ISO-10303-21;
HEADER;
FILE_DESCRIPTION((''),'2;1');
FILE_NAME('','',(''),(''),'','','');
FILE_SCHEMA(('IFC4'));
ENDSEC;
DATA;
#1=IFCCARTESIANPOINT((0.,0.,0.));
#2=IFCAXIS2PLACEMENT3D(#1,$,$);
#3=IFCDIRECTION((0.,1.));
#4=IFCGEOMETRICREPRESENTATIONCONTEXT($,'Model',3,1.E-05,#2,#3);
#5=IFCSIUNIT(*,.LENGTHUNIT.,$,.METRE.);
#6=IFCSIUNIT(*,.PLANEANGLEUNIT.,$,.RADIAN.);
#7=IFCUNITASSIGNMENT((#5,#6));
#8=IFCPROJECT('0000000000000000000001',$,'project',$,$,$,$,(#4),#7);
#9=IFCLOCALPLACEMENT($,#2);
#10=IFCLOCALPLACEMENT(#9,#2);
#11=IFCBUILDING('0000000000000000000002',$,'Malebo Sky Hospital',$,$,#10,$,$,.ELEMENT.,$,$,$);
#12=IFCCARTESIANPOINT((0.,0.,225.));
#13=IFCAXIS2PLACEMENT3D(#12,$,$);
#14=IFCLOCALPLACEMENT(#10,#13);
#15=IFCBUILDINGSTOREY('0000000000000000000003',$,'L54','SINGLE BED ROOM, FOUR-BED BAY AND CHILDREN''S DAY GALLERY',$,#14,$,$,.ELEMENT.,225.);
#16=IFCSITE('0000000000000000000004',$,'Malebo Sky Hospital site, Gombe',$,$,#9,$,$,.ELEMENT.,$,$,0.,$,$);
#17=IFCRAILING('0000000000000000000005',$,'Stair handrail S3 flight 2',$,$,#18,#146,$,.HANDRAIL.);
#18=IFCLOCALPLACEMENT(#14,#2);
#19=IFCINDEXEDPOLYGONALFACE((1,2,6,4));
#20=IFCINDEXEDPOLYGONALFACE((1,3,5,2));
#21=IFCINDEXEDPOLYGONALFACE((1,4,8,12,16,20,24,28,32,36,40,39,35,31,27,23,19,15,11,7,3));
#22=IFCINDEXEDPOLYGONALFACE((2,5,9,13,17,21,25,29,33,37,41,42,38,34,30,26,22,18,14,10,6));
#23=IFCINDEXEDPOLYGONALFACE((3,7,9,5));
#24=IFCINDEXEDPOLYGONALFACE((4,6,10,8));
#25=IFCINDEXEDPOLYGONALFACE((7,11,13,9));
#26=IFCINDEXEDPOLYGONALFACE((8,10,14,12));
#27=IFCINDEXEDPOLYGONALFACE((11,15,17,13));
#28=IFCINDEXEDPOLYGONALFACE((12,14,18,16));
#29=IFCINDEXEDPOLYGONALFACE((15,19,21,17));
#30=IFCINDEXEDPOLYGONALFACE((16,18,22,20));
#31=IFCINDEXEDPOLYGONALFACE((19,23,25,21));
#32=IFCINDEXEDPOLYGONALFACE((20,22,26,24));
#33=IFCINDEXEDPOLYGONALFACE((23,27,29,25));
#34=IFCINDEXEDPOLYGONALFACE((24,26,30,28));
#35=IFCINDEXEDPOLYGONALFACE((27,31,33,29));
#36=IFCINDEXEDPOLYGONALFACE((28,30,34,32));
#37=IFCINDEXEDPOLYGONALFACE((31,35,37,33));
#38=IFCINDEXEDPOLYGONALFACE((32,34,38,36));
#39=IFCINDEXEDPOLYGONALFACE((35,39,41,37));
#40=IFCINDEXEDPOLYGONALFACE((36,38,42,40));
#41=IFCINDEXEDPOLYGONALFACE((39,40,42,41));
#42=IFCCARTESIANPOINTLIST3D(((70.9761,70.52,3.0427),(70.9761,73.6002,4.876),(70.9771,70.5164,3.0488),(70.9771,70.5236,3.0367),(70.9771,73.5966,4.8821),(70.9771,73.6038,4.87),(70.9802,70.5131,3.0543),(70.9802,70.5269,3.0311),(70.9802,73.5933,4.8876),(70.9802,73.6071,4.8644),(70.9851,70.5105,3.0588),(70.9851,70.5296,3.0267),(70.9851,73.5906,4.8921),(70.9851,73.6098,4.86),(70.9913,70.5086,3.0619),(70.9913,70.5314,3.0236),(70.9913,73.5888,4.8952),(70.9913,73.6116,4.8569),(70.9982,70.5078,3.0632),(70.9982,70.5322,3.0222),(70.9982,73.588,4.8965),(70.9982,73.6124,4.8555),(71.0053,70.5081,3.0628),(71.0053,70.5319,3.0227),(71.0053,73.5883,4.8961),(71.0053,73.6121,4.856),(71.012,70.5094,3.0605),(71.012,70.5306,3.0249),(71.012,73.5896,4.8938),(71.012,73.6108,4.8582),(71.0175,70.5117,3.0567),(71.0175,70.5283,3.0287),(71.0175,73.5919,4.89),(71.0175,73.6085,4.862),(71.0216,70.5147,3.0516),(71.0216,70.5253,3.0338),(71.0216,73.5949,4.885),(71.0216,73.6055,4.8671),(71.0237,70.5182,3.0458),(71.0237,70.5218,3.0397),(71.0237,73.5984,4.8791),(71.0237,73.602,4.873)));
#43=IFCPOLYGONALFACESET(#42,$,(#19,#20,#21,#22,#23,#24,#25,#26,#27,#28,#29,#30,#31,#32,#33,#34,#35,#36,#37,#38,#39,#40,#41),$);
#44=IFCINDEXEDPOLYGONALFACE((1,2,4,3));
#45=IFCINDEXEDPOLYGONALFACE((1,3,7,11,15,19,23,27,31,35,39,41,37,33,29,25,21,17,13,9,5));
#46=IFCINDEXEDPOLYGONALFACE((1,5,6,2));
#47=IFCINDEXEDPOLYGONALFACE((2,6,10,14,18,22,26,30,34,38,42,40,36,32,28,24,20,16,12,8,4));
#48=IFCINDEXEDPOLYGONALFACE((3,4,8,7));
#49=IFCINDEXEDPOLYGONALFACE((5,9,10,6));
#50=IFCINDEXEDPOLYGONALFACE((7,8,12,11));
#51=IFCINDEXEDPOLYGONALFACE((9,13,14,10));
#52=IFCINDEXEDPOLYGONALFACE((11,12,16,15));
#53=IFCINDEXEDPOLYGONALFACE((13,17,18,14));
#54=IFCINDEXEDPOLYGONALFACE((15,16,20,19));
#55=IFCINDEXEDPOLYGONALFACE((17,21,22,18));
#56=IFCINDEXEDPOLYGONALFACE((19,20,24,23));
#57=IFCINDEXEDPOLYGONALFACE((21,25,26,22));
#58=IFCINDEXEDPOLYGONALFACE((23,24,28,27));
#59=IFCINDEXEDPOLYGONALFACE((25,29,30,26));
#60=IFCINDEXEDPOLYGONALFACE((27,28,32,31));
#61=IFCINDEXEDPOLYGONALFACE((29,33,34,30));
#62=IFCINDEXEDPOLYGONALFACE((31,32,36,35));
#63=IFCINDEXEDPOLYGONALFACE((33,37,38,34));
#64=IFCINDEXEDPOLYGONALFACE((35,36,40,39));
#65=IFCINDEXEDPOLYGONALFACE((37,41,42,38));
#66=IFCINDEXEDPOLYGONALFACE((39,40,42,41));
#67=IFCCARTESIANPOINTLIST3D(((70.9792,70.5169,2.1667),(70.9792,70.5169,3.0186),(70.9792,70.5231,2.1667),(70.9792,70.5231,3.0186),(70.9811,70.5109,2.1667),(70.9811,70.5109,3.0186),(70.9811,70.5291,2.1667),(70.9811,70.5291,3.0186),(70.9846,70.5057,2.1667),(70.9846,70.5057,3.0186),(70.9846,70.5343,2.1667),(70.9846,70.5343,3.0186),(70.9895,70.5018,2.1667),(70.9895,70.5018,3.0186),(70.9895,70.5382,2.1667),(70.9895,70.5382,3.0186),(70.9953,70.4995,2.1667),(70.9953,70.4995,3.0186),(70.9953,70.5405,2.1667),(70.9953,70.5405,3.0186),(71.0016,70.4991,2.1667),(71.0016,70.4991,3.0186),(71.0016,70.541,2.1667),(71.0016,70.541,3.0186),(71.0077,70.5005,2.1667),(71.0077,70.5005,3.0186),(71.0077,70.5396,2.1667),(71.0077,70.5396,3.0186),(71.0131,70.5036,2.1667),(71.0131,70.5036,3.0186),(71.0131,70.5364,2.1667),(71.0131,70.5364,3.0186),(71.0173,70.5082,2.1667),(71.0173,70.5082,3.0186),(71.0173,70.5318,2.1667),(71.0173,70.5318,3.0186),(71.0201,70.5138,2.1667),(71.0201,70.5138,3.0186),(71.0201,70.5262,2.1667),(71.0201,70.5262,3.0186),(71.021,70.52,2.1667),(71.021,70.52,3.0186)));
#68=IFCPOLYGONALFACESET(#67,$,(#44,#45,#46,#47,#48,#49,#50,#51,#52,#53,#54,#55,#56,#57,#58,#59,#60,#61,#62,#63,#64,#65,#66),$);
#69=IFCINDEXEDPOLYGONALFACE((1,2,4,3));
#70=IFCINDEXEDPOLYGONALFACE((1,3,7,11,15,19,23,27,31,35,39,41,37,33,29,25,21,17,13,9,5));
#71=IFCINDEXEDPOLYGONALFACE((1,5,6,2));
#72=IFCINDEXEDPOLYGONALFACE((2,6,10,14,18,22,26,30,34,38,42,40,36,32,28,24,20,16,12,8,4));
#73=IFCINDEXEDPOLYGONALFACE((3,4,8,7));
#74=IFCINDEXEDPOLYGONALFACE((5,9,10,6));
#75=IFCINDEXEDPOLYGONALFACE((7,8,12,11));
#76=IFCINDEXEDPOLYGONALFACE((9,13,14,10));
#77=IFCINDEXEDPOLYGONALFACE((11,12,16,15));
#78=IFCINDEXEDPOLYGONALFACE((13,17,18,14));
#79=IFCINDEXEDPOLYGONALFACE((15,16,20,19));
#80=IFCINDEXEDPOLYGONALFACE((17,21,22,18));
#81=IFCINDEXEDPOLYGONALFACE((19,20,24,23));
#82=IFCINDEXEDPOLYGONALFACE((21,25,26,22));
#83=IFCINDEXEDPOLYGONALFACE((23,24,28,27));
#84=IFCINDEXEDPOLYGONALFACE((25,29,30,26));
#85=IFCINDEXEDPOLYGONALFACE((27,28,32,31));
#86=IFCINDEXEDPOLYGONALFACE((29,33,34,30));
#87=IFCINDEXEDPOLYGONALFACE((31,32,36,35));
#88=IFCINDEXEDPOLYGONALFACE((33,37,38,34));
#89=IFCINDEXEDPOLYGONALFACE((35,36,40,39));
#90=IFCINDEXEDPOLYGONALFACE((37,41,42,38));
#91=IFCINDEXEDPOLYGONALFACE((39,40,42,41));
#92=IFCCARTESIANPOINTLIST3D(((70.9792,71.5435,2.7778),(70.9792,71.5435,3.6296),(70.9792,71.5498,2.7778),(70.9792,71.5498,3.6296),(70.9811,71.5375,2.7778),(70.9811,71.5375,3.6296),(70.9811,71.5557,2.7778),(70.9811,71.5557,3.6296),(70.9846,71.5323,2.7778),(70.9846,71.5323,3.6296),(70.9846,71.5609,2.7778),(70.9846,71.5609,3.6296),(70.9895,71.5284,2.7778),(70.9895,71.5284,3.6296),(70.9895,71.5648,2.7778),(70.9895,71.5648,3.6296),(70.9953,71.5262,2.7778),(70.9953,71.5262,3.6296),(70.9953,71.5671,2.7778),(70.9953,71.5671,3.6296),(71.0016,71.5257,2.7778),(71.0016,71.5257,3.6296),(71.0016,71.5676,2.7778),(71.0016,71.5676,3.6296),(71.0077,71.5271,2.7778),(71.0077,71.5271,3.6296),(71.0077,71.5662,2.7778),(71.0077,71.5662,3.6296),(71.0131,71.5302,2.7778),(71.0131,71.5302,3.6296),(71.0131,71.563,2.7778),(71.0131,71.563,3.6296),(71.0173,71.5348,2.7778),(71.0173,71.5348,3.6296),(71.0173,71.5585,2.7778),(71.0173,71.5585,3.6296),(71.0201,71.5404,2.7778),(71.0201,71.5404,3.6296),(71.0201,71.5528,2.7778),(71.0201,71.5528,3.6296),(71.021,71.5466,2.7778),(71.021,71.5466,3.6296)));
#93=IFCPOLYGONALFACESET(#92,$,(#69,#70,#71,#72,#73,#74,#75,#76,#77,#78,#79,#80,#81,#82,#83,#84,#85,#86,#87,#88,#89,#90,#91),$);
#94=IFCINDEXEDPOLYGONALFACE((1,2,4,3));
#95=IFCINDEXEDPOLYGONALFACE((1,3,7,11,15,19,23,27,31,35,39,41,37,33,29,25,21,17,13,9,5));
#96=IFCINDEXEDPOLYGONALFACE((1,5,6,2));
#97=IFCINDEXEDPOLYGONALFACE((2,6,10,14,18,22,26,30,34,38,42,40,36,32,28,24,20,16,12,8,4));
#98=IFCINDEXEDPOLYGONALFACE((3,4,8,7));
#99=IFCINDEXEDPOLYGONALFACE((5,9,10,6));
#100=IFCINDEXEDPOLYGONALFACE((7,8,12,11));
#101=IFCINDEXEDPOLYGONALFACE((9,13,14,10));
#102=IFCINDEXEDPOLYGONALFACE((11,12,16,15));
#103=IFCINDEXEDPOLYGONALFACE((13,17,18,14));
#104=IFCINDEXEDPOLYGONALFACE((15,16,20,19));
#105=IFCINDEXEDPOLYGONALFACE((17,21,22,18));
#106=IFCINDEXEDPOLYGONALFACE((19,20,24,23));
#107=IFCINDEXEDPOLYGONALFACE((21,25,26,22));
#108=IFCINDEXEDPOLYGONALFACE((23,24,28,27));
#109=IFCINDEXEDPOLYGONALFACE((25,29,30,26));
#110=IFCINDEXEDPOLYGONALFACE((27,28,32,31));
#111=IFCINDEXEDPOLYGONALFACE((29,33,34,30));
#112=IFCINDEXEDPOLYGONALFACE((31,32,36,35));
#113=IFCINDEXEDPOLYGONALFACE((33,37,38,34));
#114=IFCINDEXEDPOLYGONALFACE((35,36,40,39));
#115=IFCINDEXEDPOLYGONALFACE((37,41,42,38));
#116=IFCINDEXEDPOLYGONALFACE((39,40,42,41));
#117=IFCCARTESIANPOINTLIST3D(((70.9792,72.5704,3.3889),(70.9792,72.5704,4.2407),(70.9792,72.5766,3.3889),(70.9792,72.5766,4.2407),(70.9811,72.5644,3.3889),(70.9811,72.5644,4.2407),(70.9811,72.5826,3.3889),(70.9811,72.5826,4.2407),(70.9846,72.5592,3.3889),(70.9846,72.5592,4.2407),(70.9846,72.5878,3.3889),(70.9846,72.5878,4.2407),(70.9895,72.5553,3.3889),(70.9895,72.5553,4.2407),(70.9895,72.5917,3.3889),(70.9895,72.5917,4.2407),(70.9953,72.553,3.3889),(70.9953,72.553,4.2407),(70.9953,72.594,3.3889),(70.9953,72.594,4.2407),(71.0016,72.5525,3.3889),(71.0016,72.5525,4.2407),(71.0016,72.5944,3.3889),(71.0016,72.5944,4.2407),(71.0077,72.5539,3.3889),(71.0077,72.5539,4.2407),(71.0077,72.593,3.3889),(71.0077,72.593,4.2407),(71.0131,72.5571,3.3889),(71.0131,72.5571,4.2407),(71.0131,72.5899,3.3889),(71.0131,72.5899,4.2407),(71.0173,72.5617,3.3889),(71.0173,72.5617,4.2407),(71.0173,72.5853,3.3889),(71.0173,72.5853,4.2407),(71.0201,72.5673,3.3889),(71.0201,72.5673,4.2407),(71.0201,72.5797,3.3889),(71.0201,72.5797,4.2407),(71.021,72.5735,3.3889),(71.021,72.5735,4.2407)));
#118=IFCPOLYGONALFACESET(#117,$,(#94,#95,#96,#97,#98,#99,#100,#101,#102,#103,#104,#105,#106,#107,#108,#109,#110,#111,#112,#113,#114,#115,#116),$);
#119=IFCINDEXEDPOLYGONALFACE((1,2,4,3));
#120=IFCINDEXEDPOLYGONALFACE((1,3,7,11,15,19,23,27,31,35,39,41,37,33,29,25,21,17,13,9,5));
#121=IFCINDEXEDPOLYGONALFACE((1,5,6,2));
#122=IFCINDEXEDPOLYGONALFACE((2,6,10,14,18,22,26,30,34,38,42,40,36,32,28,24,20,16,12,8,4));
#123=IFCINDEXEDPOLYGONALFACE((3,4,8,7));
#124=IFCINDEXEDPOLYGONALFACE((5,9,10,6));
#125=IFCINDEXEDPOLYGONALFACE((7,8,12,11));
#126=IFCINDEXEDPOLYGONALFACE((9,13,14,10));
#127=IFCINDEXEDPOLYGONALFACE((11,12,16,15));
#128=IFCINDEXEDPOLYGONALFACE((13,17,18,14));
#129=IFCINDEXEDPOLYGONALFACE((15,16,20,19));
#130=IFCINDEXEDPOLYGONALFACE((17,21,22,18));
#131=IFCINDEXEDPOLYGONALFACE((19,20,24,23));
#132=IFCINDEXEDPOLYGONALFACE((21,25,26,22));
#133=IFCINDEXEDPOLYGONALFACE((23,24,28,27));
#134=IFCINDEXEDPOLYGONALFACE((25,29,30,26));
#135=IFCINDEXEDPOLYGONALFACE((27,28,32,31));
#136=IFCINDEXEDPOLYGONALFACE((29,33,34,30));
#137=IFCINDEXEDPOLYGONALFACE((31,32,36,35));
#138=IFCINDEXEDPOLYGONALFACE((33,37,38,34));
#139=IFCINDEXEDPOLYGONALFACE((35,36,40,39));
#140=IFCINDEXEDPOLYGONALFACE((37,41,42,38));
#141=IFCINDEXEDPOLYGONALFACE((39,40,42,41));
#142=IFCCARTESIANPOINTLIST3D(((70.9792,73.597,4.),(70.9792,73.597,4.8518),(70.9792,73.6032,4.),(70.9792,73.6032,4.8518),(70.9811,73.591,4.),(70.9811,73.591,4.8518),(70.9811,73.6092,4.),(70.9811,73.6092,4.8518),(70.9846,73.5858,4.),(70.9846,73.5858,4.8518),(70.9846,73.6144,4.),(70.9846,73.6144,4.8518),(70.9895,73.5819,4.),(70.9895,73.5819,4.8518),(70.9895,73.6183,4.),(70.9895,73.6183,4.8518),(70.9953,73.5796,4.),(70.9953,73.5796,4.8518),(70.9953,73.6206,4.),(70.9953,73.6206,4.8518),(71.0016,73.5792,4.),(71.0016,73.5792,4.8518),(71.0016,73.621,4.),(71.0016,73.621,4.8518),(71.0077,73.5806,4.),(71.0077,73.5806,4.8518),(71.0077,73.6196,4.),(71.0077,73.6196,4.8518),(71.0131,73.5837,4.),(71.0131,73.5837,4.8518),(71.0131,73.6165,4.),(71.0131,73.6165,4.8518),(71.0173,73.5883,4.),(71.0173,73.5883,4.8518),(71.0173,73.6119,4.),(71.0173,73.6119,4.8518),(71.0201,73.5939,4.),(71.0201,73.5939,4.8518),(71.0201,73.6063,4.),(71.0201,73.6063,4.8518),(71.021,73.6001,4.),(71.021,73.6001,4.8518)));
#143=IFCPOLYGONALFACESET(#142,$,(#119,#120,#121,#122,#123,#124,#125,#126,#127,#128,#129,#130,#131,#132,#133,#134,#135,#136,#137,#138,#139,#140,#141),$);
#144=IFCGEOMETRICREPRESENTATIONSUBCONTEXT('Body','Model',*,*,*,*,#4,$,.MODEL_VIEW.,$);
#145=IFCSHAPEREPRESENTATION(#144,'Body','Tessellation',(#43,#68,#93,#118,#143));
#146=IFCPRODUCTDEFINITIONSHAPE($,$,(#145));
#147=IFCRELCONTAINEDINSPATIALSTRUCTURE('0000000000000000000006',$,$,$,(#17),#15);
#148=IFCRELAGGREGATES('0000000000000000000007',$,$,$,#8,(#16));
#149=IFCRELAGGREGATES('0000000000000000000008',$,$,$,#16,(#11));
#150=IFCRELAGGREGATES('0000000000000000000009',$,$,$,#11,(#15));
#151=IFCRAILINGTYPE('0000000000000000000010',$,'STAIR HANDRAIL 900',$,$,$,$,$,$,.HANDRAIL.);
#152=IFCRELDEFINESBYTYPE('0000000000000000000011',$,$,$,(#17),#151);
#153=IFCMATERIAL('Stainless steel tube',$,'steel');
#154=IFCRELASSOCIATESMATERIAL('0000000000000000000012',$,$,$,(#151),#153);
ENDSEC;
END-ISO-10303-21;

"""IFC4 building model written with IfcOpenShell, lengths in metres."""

from ifc_helpers import new_model, si_unit, direction, frame, origin, origin_2d, place, context, subcontext, project, spatial, circle, extrude, material, type_object, element, save


model = new_model("IFC4")

# Units and contexts
model_context = context("Model", 3, precision=1e-05, world=origin(), true_north=direction((0.0, 1.0)))
body_context = subcontext(model_context, "Body", "Model", "MODEL_VIEW")
ifc_project = project(units=[si_unit("LENGTHUNIT", "METRE"), si_unit("PLANEANGLEUNIT", "RADIAN")], contexts=[model_context])

# Site, building, storey
site_placement = place(None, origin())
site = spatial("IfcSite", under=ifc_project, at=site_placement, Name="Malebo Sky Hospital site, Gombe", CompositionType="ELEMENT", RefElevation=0.0)
building_placement = place(site_placement, origin())
building = spatial("IfcBuilding", under=site, at=building_placement, Name="Malebo Sky Hospital", CompositionType="ELEMENT")
storey_placement = place(building_placement, frame((0.0, 0.0, 225.0)))
storey = spatial("IfcBuildingStorey", under=building, at=storey_placement, Name="L54", Description="SINGLE BED ROOM, FOUR-BED BAY AND CHILDREN'S DAY GALLERY", CompositionType="ELEMENT", Elevation=225.0)

# Railing
ifc_material_1 = material(Name="Stainless steel tube", Category="steel")
railing_type = type_object("IfcRailingType", Name="STAIR HANDRAIL 900", PredefinedType="HANDRAIL", material=ifc_material_1)
railing_1_placement = place(storey_placement, frame((71.0, 70.52, 2.1667)))
element("IfcRailing", 1, at=railing_1_placement, inside=storey, type_object=railing_type, Name="Stair handrail S3 flight 2", PredefinedType="HANDRAIL", context=body_context, shape_type="SweptSolid", body=[
    extrude(circle(Radius=0.0239, at=origin_2d()), frame((0.0, 0.0, 0.876), z_axis=(0.0, 0.859309, 0.511458), x_axis=(-1.0, 0.0, 0.0)), (0.0, 0.0, 1.0), 3.5845),
    extrude(circle(Radius=0.021, at=origin_2d()), origin(), (0.0, 0.0, 1.0), 0.8518),
    extrude(circle(Radius=0.021, at=origin_2d()), frame((0.0, 1.0266, 0.6111)), (0.0, 0.0, 1.0), 0.8518),
    extrude(circle(Radius=0.021, at=origin_2d()), frame((0.0, 2.0535, 1.2222)), (0.0, 0.0, 1.0), 0.8518),
    extrude(circle(Radius=0.021, at=origin_2d()), frame((0.0, 3.0801, 1.8333)), (0.0, 0.0, 1.0), 0.8518),
])

save(model, "model.ifc")
